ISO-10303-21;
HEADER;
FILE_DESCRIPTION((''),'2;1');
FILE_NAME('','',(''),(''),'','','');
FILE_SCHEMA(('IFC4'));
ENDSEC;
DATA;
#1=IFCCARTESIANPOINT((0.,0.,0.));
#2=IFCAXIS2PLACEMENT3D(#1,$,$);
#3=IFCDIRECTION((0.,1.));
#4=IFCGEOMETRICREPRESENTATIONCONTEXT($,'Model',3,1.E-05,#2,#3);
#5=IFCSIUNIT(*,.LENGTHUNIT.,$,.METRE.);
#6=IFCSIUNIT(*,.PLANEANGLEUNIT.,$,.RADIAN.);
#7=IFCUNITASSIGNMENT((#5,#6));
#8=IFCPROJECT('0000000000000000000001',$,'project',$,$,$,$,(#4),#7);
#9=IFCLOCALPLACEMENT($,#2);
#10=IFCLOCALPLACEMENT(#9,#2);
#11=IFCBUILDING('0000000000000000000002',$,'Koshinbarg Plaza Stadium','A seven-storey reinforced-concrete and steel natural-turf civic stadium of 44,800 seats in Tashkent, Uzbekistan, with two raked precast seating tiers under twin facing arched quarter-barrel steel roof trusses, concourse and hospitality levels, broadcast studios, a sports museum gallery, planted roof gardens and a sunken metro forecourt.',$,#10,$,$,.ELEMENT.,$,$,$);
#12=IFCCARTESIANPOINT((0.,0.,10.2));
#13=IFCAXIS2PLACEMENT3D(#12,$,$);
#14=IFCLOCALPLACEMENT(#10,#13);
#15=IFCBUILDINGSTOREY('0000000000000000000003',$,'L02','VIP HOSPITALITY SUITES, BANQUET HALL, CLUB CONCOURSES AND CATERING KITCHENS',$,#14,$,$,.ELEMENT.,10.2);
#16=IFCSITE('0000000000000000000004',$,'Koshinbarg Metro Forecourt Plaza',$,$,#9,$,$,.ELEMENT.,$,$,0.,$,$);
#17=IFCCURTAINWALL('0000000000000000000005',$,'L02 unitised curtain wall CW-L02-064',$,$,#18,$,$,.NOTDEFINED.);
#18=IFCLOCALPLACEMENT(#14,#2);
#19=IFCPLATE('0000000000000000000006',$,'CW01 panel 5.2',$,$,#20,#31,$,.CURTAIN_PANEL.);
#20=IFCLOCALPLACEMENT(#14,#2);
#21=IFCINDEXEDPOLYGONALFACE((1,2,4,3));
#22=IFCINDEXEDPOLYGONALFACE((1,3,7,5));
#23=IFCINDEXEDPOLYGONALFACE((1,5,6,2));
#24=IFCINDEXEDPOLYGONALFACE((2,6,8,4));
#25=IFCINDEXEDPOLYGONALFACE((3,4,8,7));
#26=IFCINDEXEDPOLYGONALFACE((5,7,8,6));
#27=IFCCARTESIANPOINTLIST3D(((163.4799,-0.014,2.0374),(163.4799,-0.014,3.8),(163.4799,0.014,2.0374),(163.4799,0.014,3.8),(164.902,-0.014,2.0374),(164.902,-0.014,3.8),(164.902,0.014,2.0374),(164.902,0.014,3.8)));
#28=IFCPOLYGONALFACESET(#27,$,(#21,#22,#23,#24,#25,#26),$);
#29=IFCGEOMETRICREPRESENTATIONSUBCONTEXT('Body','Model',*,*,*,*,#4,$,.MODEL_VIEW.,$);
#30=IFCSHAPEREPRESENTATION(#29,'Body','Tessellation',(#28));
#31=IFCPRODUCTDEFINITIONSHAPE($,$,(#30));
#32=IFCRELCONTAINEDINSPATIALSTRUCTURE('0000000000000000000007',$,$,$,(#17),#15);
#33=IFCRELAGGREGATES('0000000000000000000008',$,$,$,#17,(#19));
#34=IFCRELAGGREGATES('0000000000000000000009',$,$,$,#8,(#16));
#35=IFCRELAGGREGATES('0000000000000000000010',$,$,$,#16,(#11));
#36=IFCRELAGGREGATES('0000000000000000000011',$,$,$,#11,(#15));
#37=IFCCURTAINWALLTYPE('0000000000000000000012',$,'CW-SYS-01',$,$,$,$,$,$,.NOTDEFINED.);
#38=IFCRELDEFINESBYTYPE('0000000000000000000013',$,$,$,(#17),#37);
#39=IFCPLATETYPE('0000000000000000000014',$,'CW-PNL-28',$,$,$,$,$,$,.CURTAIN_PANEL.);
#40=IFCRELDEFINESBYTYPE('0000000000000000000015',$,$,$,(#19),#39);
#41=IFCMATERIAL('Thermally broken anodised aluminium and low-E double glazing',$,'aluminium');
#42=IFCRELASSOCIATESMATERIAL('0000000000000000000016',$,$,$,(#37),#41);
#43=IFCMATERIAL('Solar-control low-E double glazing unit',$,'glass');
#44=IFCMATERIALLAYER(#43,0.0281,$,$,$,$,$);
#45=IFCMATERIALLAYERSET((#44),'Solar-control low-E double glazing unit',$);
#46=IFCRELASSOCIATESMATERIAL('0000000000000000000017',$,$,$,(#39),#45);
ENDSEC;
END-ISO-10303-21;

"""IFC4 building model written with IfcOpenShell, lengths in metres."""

from ifc_helpers import new_model, si_unit, direction, frame, origin, origin_2d, place, context, subcontext, project, spatial, rectangle, extrude, material, layer, layer_set, type_object, element, aggregate, save


model = new_model("IFC4")

# Units and contexts
model_context = context("Model", 3, precision=1e-05, world=origin(), true_north=direction((0.0, 1.0)))
body_context = subcontext(model_context, "Body", "Model", "MODEL_VIEW")
ifc_project = project(units=[si_unit("LENGTHUNIT", "METRE"), si_unit("PLANEANGLEUNIT", "RADIAN")], contexts=[model_context])

# Site, building, storey
site_placement = place(None, origin())
site = spatial("IfcSite", under=ifc_project, at=site_placement, Name="Koshinbarg Metro Forecourt Plaza", CompositionType="ELEMENT", RefElevation=0.0)
building_placement = place(site_placement, origin())
building = spatial("IfcBuilding", under=site, at=building_placement, Name="Koshinbarg Plaza Stadium", Description="A seven-storey reinforced-concrete and steel natural-turf civic stadium of 44,800 seats in Tashkent, Uzbekistan, with two raked precast seating tiers under twin facing arched quarter-barrel steel roof trusses, concourse and hospitality levels, broadcast studios, a sports museum gallery, planted roof gardens and a sunken metro forecourt.", CompositionType="ELEMENT")
storey_placement = place(building_placement, frame((0.0, 0.0, 10.2)))
storey = spatial("IfcBuildingStorey", under=building, at=storey_placement, Name="L02", Description="VIP HOSPITALITY SUITES, BANQUET HALL, CLUB CONCOURSES AND CATERING KITCHENS", CompositionType="ELEMENT", Elevation=10.2)

# Curtain wall, plate
ifc_material_1 = material(Name="Thermally broken anodised aluminium and low-E double glazing", Category="aluminium")
curtain_wall_type = type_object("IfcCurtainWallType", Name="CW-SYS-01", PredefinedType="NOTDEFINED", material=ifc_material_1)
curtain_wall_placement = place(storey_placement, origin())
curtain_wall = element("IfcCurtainWall", 1, at=curtain_wall_placement, inside=storey, type_object=curtain_wall_type, Name="L02 unitised curtain wall CW-L02-064", PredefinedType="NOTDEFINED")
ifc_material_2 = material(Name="Solar-control low-E double glazing unit", Category="glass")
ifc_layer = layer(ifc_material_2, 0.0281)
ifc_layer_set = layer_set([ifc_layer], Name="Solar-control low-E double glazing unit")
plate_type = type_object("IfcPlateType", Name="CW-PNL-28", PredefinedType="CURTAIN_PANEL", material=ifc_layer_set)
plate_1_placement = place(storey_placement, frame((164.1909, 0.0, 2.0374), z_axis=(0.0, 0.0, 1.0), x_axis=(-1.0, 0.0, 0.0)))
plate_1 = element("IfcPlate", 2, at=plate_1_placement, type_object=plate_type, Name="CW01 panel 5.2", PredefinedType="CURTAIN_PANEL", context=body_context, shape_type="SweptSolid", body=[
    extrude(rectangle(XDim=1.4221, YDim=0.0281, at=origin_2d()), origin(), (0.0, 0.0, 1.0), 1.7627),
])
aggregate(curtain_wall, [plate_1])

save(model, "model.ifc")
